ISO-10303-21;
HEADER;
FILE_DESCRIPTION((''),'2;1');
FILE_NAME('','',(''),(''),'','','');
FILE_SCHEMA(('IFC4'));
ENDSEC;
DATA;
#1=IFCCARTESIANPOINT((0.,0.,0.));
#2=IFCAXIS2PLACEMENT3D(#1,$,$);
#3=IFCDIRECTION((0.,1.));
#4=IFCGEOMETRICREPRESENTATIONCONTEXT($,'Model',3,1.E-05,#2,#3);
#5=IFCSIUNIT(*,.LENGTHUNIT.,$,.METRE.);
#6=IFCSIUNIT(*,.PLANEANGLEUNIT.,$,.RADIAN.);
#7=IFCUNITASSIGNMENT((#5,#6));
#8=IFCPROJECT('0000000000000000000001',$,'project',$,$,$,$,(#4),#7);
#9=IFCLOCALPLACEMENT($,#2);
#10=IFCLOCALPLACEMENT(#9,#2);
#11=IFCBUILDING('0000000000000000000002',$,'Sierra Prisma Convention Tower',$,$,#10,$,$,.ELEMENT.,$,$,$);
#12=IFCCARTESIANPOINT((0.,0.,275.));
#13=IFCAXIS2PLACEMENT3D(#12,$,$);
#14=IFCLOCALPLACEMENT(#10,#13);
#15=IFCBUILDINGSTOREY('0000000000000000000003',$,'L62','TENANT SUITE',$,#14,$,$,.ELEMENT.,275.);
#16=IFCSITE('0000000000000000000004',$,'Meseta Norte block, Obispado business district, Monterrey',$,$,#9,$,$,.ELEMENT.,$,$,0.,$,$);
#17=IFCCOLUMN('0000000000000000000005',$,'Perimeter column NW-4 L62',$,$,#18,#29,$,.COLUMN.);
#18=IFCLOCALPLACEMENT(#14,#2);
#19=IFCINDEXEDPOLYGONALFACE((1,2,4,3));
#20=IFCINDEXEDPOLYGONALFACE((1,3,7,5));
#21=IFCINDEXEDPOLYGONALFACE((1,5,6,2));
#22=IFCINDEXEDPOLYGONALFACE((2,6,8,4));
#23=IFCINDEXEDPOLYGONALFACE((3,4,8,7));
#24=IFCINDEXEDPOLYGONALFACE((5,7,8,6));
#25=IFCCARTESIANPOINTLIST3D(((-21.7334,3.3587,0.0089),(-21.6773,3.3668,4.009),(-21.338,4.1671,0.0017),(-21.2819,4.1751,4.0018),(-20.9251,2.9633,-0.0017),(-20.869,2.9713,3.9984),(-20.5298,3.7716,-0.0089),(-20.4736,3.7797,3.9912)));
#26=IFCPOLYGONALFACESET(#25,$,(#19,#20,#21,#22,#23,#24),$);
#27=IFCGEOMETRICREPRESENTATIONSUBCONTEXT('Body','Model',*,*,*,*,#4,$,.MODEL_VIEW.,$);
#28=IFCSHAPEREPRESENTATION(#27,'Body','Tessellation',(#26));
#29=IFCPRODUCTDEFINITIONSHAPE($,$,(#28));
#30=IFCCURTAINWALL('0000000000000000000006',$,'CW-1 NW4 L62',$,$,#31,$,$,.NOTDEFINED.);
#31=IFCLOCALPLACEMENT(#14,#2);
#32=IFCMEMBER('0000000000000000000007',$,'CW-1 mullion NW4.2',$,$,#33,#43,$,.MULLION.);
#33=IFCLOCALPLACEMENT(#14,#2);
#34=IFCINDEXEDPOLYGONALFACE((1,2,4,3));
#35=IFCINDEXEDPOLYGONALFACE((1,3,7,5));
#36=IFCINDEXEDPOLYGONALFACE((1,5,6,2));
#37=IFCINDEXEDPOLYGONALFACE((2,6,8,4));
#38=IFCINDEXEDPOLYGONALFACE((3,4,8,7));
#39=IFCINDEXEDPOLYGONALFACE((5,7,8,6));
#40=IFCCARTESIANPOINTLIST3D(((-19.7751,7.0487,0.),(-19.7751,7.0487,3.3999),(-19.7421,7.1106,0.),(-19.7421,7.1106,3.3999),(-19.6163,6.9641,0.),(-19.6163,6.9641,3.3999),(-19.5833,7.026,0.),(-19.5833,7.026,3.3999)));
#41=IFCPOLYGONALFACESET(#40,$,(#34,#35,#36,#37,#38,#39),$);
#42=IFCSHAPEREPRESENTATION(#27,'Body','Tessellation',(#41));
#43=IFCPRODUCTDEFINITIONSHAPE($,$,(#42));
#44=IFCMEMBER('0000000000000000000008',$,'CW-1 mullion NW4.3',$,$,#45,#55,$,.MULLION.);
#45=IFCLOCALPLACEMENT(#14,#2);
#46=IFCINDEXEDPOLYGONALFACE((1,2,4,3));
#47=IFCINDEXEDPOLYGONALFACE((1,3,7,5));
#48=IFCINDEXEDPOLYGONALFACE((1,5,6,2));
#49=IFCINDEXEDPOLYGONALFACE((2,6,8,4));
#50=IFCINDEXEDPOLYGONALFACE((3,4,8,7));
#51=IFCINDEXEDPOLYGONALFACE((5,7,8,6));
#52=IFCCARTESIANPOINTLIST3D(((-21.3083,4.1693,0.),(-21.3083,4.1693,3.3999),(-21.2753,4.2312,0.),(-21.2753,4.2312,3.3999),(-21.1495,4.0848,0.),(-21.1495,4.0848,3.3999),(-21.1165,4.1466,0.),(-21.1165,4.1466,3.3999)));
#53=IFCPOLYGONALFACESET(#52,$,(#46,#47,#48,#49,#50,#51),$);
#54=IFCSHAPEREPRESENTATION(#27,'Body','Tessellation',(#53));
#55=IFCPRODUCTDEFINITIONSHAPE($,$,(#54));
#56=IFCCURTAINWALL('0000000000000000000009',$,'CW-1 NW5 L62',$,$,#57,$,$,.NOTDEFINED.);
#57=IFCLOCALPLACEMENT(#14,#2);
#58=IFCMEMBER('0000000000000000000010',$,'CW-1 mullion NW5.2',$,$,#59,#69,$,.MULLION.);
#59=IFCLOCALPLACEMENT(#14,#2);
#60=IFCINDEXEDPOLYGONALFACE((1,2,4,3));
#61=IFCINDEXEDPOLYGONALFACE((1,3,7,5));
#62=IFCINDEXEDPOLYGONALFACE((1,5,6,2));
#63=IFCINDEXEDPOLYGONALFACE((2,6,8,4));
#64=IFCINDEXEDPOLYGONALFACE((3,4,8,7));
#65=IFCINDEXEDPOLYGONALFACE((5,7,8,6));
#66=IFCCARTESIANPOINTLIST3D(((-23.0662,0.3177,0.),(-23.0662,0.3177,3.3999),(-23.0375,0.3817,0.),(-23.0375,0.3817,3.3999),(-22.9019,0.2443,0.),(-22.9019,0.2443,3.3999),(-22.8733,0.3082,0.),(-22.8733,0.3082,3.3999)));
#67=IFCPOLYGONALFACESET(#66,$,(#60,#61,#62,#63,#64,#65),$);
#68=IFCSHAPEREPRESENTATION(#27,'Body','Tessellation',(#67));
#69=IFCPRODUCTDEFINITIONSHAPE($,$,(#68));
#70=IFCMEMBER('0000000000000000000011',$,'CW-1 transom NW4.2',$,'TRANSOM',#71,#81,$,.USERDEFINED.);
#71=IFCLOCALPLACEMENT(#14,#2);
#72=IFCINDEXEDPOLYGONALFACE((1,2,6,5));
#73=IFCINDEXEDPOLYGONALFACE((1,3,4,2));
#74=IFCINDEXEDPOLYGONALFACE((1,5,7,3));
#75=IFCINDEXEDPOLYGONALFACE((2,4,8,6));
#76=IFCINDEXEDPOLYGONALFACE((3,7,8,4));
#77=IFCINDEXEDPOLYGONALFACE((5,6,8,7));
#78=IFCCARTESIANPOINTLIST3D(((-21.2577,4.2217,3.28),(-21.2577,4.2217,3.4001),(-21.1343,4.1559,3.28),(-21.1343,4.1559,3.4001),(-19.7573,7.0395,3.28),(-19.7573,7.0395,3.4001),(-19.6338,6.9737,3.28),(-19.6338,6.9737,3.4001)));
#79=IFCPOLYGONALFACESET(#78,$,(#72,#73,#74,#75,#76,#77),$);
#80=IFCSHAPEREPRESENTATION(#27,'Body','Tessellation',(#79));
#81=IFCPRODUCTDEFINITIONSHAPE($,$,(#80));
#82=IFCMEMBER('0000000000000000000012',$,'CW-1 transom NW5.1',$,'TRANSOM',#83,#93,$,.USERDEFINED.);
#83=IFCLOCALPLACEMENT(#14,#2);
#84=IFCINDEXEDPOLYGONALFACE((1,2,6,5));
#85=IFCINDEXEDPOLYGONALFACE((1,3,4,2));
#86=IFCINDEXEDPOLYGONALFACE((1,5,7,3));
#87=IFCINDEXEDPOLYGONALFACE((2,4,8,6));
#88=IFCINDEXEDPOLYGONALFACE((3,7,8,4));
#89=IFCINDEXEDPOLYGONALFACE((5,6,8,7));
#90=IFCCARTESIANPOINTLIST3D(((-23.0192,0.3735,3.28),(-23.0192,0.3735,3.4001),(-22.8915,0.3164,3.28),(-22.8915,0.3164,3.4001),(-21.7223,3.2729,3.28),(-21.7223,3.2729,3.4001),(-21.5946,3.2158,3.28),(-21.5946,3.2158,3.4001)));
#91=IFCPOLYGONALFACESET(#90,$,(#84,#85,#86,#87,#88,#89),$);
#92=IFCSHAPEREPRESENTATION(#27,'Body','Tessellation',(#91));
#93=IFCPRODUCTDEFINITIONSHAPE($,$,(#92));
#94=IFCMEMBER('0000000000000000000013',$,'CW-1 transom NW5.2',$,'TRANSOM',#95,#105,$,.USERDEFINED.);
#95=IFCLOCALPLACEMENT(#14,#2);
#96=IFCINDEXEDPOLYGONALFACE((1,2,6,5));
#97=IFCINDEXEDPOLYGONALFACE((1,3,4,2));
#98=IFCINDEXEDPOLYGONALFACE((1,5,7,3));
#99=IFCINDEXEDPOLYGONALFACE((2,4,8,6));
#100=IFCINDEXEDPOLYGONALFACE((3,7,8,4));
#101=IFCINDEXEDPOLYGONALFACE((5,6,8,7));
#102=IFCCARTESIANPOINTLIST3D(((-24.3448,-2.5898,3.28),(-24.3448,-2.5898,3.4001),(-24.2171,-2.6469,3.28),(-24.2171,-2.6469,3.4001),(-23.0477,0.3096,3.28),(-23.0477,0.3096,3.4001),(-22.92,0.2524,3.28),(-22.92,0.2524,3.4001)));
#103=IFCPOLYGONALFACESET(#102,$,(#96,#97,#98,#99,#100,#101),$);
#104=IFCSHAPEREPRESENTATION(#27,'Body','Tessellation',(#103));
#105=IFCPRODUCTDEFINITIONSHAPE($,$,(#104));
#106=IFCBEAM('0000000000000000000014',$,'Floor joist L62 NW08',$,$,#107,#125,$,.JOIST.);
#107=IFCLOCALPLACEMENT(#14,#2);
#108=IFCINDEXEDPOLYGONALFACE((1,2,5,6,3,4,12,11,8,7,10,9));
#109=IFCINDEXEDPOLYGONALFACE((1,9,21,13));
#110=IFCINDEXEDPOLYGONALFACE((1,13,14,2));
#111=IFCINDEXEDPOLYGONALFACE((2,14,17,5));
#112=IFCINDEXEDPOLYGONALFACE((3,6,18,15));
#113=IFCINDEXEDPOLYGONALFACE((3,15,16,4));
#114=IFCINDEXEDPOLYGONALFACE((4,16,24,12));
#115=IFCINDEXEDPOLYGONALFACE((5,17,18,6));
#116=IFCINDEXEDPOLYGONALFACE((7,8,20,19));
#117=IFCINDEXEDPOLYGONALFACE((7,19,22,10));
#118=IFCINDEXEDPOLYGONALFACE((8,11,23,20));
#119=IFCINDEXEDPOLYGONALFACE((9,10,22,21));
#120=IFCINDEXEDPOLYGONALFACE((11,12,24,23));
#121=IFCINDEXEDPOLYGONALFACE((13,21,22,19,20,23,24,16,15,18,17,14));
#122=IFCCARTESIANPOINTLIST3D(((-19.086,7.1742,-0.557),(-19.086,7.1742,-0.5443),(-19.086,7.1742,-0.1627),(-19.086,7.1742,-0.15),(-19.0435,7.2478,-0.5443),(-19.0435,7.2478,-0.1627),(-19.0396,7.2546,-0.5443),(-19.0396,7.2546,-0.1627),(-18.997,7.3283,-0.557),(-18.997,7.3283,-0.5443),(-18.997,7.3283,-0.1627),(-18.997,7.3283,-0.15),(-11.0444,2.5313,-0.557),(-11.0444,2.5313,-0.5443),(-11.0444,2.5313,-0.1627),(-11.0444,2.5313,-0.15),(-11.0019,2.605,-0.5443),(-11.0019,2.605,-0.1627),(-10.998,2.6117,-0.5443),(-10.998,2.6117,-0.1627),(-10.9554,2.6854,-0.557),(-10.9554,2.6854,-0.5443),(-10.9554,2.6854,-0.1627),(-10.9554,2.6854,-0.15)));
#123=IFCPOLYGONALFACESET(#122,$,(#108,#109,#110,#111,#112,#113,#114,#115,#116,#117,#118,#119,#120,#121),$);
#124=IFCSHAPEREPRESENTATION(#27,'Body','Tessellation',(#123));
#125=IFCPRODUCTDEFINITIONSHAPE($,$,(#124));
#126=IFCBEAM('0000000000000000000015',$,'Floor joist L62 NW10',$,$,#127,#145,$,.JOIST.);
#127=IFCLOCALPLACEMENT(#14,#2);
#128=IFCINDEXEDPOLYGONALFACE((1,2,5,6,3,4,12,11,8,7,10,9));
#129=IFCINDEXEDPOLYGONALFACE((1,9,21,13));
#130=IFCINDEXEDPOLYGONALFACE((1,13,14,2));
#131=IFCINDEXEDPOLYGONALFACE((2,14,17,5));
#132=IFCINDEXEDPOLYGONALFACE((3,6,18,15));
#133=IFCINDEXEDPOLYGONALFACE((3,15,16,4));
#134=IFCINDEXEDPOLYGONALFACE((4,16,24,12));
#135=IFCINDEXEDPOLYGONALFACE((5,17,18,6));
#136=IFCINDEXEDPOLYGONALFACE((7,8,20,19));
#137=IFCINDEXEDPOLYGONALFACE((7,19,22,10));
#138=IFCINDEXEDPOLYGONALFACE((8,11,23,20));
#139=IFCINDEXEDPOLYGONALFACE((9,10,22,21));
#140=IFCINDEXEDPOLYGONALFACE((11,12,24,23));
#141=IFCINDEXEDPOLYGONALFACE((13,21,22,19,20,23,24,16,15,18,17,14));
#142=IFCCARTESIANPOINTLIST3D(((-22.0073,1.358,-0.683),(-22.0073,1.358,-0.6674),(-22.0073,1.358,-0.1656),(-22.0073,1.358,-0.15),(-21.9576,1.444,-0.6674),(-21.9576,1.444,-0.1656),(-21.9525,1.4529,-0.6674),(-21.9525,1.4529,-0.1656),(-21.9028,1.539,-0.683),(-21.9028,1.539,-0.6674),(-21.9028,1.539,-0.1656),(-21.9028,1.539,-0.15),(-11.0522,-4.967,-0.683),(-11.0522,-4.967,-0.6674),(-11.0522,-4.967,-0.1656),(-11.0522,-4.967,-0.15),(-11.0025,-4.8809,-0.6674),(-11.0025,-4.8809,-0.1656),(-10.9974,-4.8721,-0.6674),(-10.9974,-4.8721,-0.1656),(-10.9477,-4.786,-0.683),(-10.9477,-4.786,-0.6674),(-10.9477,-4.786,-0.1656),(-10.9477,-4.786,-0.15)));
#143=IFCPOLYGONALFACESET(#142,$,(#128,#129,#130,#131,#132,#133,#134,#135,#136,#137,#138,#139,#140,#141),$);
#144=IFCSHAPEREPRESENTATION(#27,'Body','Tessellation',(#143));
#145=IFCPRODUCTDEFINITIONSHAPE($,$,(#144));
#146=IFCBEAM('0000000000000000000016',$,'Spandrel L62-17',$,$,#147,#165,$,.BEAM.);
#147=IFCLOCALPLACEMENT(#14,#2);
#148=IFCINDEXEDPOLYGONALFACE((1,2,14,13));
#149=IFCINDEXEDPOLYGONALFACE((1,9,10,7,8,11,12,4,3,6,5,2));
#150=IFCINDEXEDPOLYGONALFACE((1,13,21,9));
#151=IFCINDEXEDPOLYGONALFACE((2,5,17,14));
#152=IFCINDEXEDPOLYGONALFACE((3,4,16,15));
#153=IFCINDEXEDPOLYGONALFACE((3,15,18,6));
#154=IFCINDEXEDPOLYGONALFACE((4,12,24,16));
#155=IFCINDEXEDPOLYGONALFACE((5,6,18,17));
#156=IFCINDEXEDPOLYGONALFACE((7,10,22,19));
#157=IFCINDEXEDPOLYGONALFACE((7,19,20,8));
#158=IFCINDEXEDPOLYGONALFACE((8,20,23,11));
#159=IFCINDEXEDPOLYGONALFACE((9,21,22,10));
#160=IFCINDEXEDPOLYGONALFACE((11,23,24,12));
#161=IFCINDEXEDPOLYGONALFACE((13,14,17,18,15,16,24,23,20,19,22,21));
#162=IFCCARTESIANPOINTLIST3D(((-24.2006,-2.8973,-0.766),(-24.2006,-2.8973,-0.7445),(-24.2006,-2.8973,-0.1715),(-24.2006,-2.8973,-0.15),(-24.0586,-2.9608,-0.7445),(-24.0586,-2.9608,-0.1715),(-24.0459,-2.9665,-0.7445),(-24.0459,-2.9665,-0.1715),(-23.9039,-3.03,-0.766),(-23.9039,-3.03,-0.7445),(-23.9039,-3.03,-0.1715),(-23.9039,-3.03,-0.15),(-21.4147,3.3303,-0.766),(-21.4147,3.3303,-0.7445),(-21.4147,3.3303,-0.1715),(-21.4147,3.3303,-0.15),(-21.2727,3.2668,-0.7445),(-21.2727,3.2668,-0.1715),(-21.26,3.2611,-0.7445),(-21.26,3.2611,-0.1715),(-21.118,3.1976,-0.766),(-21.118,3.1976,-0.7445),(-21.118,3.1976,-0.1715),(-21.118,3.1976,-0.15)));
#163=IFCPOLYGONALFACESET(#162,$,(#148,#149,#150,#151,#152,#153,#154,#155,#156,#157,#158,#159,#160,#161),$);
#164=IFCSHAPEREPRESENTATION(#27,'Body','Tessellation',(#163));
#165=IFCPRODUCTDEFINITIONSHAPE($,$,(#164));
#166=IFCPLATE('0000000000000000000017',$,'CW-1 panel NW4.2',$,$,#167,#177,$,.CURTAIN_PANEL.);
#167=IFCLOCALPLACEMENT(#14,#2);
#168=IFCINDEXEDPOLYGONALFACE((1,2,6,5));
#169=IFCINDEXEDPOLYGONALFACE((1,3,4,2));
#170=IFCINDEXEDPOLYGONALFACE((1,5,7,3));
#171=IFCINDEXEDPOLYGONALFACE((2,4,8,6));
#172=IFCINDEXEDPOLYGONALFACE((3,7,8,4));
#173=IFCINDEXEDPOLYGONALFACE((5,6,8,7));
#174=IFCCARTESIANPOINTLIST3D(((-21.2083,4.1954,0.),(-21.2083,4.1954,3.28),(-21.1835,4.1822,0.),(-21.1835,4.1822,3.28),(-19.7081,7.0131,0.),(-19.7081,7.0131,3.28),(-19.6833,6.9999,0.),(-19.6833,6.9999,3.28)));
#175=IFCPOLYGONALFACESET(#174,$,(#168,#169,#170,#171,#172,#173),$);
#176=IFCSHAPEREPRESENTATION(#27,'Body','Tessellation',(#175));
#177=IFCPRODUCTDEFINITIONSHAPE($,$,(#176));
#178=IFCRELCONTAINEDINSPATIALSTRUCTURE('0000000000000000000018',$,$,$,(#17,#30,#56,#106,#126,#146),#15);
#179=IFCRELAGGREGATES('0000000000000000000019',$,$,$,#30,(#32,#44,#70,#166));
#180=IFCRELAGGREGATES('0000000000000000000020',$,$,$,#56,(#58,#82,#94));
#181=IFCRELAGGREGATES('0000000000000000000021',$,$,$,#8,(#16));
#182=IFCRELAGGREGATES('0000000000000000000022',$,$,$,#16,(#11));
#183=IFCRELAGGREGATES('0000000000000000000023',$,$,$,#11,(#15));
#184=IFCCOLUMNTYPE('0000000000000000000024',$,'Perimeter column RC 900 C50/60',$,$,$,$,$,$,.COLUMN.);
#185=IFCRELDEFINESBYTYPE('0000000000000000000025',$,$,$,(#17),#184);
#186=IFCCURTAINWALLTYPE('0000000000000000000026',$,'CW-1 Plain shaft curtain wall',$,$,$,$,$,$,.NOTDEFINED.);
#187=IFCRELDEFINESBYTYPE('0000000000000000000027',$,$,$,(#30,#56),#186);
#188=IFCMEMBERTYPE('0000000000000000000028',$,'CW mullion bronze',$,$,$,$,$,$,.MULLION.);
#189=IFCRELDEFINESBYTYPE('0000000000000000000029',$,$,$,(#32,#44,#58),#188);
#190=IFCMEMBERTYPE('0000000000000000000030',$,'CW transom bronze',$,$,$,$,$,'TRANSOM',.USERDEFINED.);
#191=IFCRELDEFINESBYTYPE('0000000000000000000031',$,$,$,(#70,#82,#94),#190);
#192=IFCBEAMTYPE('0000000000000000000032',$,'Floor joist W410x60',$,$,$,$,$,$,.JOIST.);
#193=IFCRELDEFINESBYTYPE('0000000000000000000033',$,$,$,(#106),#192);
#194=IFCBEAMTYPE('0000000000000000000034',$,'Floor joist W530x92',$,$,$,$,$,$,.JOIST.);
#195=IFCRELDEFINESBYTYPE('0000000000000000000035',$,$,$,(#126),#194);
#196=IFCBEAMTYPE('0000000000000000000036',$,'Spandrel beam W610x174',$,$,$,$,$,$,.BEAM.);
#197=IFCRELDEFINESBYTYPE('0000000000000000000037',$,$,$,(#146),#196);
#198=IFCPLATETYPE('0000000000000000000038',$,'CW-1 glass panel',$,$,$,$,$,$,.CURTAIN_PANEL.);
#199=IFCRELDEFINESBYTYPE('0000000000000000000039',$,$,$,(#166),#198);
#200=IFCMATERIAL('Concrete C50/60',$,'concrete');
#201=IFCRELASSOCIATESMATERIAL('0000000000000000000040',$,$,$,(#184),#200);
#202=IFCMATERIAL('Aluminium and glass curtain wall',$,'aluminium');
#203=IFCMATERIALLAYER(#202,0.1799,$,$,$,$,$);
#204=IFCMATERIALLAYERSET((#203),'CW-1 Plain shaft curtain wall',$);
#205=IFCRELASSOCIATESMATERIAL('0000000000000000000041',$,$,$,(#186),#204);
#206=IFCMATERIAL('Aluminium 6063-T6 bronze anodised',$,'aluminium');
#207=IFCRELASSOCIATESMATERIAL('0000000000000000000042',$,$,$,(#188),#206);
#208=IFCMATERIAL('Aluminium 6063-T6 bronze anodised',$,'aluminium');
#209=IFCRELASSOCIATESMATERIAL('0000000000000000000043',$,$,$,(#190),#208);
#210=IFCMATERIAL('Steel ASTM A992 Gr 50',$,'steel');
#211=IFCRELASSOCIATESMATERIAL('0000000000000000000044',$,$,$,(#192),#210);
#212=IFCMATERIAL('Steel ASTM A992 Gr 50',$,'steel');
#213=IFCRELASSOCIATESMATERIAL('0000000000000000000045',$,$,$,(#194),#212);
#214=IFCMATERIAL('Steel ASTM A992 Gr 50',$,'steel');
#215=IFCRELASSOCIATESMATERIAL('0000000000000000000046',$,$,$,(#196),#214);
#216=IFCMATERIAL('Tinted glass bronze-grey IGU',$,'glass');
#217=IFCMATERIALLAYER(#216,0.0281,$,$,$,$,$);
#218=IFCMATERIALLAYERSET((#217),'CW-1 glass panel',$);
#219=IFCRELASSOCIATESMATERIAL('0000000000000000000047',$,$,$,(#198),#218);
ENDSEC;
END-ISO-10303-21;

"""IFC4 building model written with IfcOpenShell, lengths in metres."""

from ifc_helpers import new_model, si_unit, direction, frame, origin, origin_2d, place, context, subcontext, project, spatial, rectangle, i_section, extrude, material, layer, layer_set, material_profile, profile_set, type_object, element, aggregate, save


model = new_model("IFC4")

# Units and contexts
model_context = context("Model", 3, precision=1e-05, world=origin(), true_north=direction((0.0, 1.0)))
body_context = subcontext(model_context, "Body", "Model", "MODEL_VIEW")
ifc_project = project(units=[si_unit("LENGTHUNIT", "METRE"), si_unit("PLANEANGLEUNIT", "RADIAN")], contexts=[model_context])

# Site, building, storey
site_placement = place(None, origin())
site = spatial("IfcSite", under=ifc_project, at=site_placement, Name="Meseta Norte block, Obispado business district, Monterrey", CompositionType="ELEMENT", RefElevation=0.0)
building_placement = place(site_placement, origin())
building = spatial("IfcBuilding", under=site, at=building_placement, Name="Sierra Prisma Convention Tower", CompositionType="ELEMENT")
storey_placement = place(building_placement, frame((0.0, 0.0, 275.0)))
storey = spatial("IfcBuildingStorey", under=building, at=storey_placement, Name="L62", Description="TENANT SUITE", CompositionType="ELEMENT", Elevation=275.0)

# Column
ifc_material_1 = material(Name="Concrete C50/60", Category="concrete")
ifc_material_profile_1 = material_profile(ifc_material_1, rectangle(XDim=0.8999, YDim=0.8999, at=origin_2d()), Name="Perimeter column RC 900 C50/60")
ifc_profile_set_1 = profile_set([ifc_material_profile_1], Name="Concrete C50/60")
column_type = type_object("IfcColumnType", Name="Perimeter column RC 900 C50/60", PredefinedType="COLUMN", material=ifc_profile_set_1)
column_placement = place(storey_placement, frame((-21.1316, 3.5652, 0.0), z_axis=(0.014037, 0.002014, 0.999899), x_axis=(0.439369, 0.898271, -0.007977)))
element("IfcColumn", 1, at=column_placement, inside=storey, type_object=column_type, Name="Perimeter column NW-4 L62", PredefinedType="COLUMN", context=body_context, shape_type="SweptSolid", body=[
    extrude(rectangle(XDim=0.8999, YDim=0.8999, at=origin_2d()), origin(), (0.0, 0.0, 1.0), 4.0005),
])

# Curtain wall, members
ifc_material_2 = material(Name="Aluminium and glass curtain wall", Category="aluminium")
ifc_layer_1 = layer(ifc_material_2, 0.1799)
ifc_layer_set_1 = layer_set([ifc_layer_1], Name="CW-1 Plain shaft curtain wall")
curtain_wall_type = type_object("IfcCurtainWallType", Name="CW-1 Plain shaft curtain wall", PredefinedType="NOTDEFINED", material=ifc_layer_set_1)
curtain_wall_1_placement = place(storey_placement, origin())
curtain_wall_1 = element("IfcCurtainWall", 2, at=curtain_wall_1_placement, inside=storey, type_object=curtain_wall_type, Name="CW-1 NW4 L62", PredefinedType="NOTDEFINED")
ifc_material_3 = material(Name="Aluminium 6063-T6 bronze anodised", Category="aluminium")
ifc_material_profile_2 = material_profile(ifc_material_3, rectangle(XDim=0.1799, YDim=0.0701, at=origin_2d()), Name="ALU MULLION 70x180")
ifc_profile_set_2 = profile_set([ifc_material_profile_2], Name="Aluminium 6063-T6 bronze anodised")
member_type_1 = type_object("IfcMemberType", Name="CW mullion bronze", PredefinedType="MULLION", material=ifc_profile_set_2)
member_1_placement = place(storey_placement, frame((-19.6792, 7.0374, 0.0), z_axis=(0.0, 0.0, 1.0), x_axis=(0.882675, -0.469983, 0.0)))
member_1 = element("IfcMember", 3, at=member_1_placement, type_object=member_type_1, Name="CW-1 mullion NW4.2", PredefinedType="MULLION", context=body_context, shape_type="SweptSolid", body=[
    extrude(rectangle(XDim=0.1799, YDim=0.0701, at=origin_2d()), origin(), (0.0, 0.0, 1.0), 3.3999),
])
member_2_placement = place(storey_placement, frame((-21.2124, 4.158, 0.0), z_axis=(0.0, 0.0, 1.0), x_axis=(0.882675, -0.469983, 0.0)))
member_2 = element("IfcMember", 4, at=member_2_placement, type_object=member_type_1, Name="CW-1 mullion NW4.3", PredefinedType="MULLION", context=body_context, shape_type="SweptSolid", body=[
    extrude(rectangle(XDim=0.1799, YDim=0.0701, at=origin_2d()), origin(), (0.0, 0.0, 1.0), 3.3999),
])

# Curtain wall, member
curtain_wall_2_placement = place(storey_placement, origin())
curtain_wall_2 = element("IfcCurtainWall", 5, at=curtain_wall_2_placement, inside=storey, type_object=curtain_wall_type, Name="CW-1 NW5 L62", PredefinedType="NOTDEFINED")
member_3_placement = place(storey_placement, frame((-22.9697, 0.313, 0.0), z_axis=(0.0, 0.0, 1.0), x_axis=(0.912837, -0.408325, 0.0)))
member_3 = element("IfcMember", 6, at=member_3_placement, type_object=member_type_1, Name="CW-1 mullion NW5.2", PredefinedType="MULLION", context=body_context, shape_type="SweptSolid", body=[
    extrude(rectangle(XDim=0.1799, YDim=0.0701, at=origin_2d()), origin(), (0.0, 0.0, 1.0), 3.3999),
])

# Members
ifc_material_4 = material(Name="Aluminium 6063-T6 bronze anodised", Category="aluminium")
ifc_material_profile_3 = material_profile(ifc_material_4, rectangle(XDim=0.1399, YDim=0.1201, at=origin_2d()), Name="ALU TRANSOM 120x140")
ifc_profile_set_3 = profile_set([ifc_material_profile_3], Name="Aluminium 6063-T6 bronze anodised")
member_type_2 = type_object("IfcMemberType", Name="CW transom bronze", ElementType="TRANSOM", PredefinedType="USERDEFINED", material=ifc_profile_set_3)
member_4_placement = place(storey_placement, frame((-19.6956, 7.0066, 3.3401), z_axis=(-0.470009, -0.882662, 0.0), x_axis=(0.882662, -0.470009, 0.0)))
member_4 = element("IfcMember", 7, at=member_4_placement, type_object=member_type_2, Name="CW-1 transom NW4.2", ObjectType="TRANSOM", PredefinedType="USERDEFINED", context=body_context, shape_type="SweptSolid", body=[
    extrude(rectangle(XDim=0.1399, YDim=0.1201, at=origin_2d()), origin(), (0.0, 0.0, 1.0), 3.1924),
])
member_5_placement = place(storey_placement, frame((-21.6584, 3.2444, 3.3401), z_axis=(-0.408305, -0.912845, 0.0), x_axis=(0.912845, -0.408305, 0.0)))
member_5 = element("IfcMember", 8, at=member_5_placement, type_object=member_type_2, Name="CW-1 transom NW5.1", ObjectType="TRANSOM", PredefinedType="USERDEFINED", context=body_context, shape_type="SweptSolid", body=[
    extrude(rectangle(XDim=0.1399, YDim=0.1201, at=origin_2d()), origin(), (0.0, 0.0, 1.0), 3.1763),
])
member_6_placement = place(storey_placement, frame((-22.9839, 0.281, 3.3401), z_axis=(-0.408369, -0.912817, 0.0), x_axis=(0.912817, -0.408369, 0.0)))
member_6 = element("IfcMember", 9, at=member_6_placement, type_object=member_type_2, Name="CW-1 transom NW5.2", ObjectType="TRANSOM", PredefinedType="USERDEFINED", context=body_context, shape_type="SweptSolid", body=[
    extrude(rectangle(XDim=0.1399, YDim=0.1201, at=origin_2d()), origin(), (0.0, 0.0, 1.0), 3.1763),
])

# Beams
ifc_material_5 = material(Name="Steel ASTM A992 Gr 50", Category="steel")
ifc_material_profile_4 = material_profile(ifc_material_5, i_section(OverallWidth=0.178, OverallDepth=0.407, WebThickness=0.0078, FlangeThickness=0.0127, at=origin_2d()), Name="W410x60")
ifc_profile_set_4 = profile_set([ifc_material_profile_4], Name="Steel ASTM A992 Gr 50")
beam_type_1 = type_object("IfcBeamType", Name="Floor joist W410x60", PredefinedType="JOIST", material=ifc_profile_set_4)
beam_1_placement = place(storey_placement, frame((-19.0415, 7.2512, -0.3535), z_axis=(0.866023, -0.500005, 0.0), x_axis=(0.500005, 0.866023, 0.0)))
element("IfcBeam", 10, at=beam_1_placement, inside=storey, type_object=beam_type_1, Name="Floor joist L62 NW08", PredefinedType="JOIST", context=body_context, shape_type="SweptSolid", body=[
    extrude(i_section(OverallWidth=0.178, OverallDepth=0.407, WebThickness=0.0078, FlangeThickness=0.0127, at=origin_2d()), origin(), (0.0, 0.0, 1.0), 9.2856),
])
ifc_material_6 = material(Name="Steel ASTM A992 Gr 50", Category="steel")
ifc_material_profile_5 = material_profile(ifc_material_6, i_section(OverallWidth=0.209, OverallDepth=0.533, WebThickness=0.0103, FlangeThickness=0.0156, at=origin_2d()), Name="W530x92")
ifc_profile_set_5 = profile_set([ifc_material_profile_5], Name="Steel ASTM A992 Gr 50")
beam_type_2 = type_object("IfcBeamType", Name="Floor joist W530x92", PredefinedType="JOIST", material=ifc_profile_set_5)
beam_2_placement = place(storey_placement, frame((-21.9551, 1.4485, -0.4165), z_axis=(0.866024, -0.500002, 0.0), x_axis=(0.500002, 0.866024, 0.0)))
element("IfcBeam", 11, at=beam_2_placement, inside=storey, type_object=beam_type_2, Name="Floor joist L62 NW10", PredefinedType="JOIST", context=body_context, shape_type="SweptSolid", body=[
    extrude(i_section(OverallWidth=0.209, OverallDepth=0.533, WebThickness=0.0103, FlangeThickness=0.0156, at=origin_2d()), origin(), (0.0, 0.0, 1.0), 12.6499),
])
ifc_material_7 = material(Name="Steel ASTM A992 Gr 50", Category="steel")
ifc_material_profile_6 = material_profile(ifc_material_7, i_section(OverallWidth=0.325, OverallDepth=0.616, WebThickness=0.0139, FlangeThickness=0.0215, at=origin_2d()), Name="W610x174")
ifc_profile_set_6 = profile_set([ifc_material_profile_6], Name="Steel ASTM A992 Gr 50")
beam_type_3 = type_object("IfcBeamType", Name="Spandrel beam W610x174", PredefinedType="BEAM", material=ifc_profile_set_6)
beam_3_placement = place(storey_placement, frame((-21.2664, 3.2639, -0.458), z_axis=(-0.408352, -0.912825, 0.0), x_axis=(0.912825, -0.408352, 0.0)))
element("IfcBeam", 12, at=beam_3_placement, inside=storey, type_object=beam_type_3, Name="Spandrel L62-17", PredefinedType="BEAM", context=body_context, shape_type="SweptSolid", body=[
    extrude(i_section(OverallWidth=0.325, OverallDepth=0.616, WebThickness=0.0139, FlangeThickness=0.0215, at=origin_2d()), origin(), (0.0, 0.0, 1.0), 6.8223),
])

# Plate
ifc_material_8 = material(Name="Tinted glass bronze-grey IGU", Category="glass")
ifc_layer_2 = layer(ifc_material_8, 0.0281)
ifc_layer_set_2 = layer_set([ifc_layer_2], Name="CW-1 glass panel")
plate_type = type_object("IfcPlateType", Name="CW-1 glass panel", PredefinedType="CURTAIN_PANEL", material=ifc_layer_set_2)
plate_1_placement = place(storey_placement, frame((-20.4458, 5.5977, 0.0), z_axis=(0.0, 0.0, 1.0), x_axis=(-0.469983, -0.882675, 0.0)))
plate_1 = element("IfcPlate", 13, at=plate_1_placement, type_object=plate_type, Name="CW-1 panel NW4.2", PredefinedType="CURTAIN_PANEL", context=body_context, shape_type="SweptSolid", body=[
    extrude(rectangle(XDim=3.1921, YDim=0.0281, at=origin_2d()), origin(), (0.0, 0.0, 1.0), 3.28),
])
aggregate(curtain_wall_1, [member_1, member_2, member_4, plate_1])
aggregate(curtain_wall_2, [member_3, member_5, member_6])

save(model, "model.ifc")
